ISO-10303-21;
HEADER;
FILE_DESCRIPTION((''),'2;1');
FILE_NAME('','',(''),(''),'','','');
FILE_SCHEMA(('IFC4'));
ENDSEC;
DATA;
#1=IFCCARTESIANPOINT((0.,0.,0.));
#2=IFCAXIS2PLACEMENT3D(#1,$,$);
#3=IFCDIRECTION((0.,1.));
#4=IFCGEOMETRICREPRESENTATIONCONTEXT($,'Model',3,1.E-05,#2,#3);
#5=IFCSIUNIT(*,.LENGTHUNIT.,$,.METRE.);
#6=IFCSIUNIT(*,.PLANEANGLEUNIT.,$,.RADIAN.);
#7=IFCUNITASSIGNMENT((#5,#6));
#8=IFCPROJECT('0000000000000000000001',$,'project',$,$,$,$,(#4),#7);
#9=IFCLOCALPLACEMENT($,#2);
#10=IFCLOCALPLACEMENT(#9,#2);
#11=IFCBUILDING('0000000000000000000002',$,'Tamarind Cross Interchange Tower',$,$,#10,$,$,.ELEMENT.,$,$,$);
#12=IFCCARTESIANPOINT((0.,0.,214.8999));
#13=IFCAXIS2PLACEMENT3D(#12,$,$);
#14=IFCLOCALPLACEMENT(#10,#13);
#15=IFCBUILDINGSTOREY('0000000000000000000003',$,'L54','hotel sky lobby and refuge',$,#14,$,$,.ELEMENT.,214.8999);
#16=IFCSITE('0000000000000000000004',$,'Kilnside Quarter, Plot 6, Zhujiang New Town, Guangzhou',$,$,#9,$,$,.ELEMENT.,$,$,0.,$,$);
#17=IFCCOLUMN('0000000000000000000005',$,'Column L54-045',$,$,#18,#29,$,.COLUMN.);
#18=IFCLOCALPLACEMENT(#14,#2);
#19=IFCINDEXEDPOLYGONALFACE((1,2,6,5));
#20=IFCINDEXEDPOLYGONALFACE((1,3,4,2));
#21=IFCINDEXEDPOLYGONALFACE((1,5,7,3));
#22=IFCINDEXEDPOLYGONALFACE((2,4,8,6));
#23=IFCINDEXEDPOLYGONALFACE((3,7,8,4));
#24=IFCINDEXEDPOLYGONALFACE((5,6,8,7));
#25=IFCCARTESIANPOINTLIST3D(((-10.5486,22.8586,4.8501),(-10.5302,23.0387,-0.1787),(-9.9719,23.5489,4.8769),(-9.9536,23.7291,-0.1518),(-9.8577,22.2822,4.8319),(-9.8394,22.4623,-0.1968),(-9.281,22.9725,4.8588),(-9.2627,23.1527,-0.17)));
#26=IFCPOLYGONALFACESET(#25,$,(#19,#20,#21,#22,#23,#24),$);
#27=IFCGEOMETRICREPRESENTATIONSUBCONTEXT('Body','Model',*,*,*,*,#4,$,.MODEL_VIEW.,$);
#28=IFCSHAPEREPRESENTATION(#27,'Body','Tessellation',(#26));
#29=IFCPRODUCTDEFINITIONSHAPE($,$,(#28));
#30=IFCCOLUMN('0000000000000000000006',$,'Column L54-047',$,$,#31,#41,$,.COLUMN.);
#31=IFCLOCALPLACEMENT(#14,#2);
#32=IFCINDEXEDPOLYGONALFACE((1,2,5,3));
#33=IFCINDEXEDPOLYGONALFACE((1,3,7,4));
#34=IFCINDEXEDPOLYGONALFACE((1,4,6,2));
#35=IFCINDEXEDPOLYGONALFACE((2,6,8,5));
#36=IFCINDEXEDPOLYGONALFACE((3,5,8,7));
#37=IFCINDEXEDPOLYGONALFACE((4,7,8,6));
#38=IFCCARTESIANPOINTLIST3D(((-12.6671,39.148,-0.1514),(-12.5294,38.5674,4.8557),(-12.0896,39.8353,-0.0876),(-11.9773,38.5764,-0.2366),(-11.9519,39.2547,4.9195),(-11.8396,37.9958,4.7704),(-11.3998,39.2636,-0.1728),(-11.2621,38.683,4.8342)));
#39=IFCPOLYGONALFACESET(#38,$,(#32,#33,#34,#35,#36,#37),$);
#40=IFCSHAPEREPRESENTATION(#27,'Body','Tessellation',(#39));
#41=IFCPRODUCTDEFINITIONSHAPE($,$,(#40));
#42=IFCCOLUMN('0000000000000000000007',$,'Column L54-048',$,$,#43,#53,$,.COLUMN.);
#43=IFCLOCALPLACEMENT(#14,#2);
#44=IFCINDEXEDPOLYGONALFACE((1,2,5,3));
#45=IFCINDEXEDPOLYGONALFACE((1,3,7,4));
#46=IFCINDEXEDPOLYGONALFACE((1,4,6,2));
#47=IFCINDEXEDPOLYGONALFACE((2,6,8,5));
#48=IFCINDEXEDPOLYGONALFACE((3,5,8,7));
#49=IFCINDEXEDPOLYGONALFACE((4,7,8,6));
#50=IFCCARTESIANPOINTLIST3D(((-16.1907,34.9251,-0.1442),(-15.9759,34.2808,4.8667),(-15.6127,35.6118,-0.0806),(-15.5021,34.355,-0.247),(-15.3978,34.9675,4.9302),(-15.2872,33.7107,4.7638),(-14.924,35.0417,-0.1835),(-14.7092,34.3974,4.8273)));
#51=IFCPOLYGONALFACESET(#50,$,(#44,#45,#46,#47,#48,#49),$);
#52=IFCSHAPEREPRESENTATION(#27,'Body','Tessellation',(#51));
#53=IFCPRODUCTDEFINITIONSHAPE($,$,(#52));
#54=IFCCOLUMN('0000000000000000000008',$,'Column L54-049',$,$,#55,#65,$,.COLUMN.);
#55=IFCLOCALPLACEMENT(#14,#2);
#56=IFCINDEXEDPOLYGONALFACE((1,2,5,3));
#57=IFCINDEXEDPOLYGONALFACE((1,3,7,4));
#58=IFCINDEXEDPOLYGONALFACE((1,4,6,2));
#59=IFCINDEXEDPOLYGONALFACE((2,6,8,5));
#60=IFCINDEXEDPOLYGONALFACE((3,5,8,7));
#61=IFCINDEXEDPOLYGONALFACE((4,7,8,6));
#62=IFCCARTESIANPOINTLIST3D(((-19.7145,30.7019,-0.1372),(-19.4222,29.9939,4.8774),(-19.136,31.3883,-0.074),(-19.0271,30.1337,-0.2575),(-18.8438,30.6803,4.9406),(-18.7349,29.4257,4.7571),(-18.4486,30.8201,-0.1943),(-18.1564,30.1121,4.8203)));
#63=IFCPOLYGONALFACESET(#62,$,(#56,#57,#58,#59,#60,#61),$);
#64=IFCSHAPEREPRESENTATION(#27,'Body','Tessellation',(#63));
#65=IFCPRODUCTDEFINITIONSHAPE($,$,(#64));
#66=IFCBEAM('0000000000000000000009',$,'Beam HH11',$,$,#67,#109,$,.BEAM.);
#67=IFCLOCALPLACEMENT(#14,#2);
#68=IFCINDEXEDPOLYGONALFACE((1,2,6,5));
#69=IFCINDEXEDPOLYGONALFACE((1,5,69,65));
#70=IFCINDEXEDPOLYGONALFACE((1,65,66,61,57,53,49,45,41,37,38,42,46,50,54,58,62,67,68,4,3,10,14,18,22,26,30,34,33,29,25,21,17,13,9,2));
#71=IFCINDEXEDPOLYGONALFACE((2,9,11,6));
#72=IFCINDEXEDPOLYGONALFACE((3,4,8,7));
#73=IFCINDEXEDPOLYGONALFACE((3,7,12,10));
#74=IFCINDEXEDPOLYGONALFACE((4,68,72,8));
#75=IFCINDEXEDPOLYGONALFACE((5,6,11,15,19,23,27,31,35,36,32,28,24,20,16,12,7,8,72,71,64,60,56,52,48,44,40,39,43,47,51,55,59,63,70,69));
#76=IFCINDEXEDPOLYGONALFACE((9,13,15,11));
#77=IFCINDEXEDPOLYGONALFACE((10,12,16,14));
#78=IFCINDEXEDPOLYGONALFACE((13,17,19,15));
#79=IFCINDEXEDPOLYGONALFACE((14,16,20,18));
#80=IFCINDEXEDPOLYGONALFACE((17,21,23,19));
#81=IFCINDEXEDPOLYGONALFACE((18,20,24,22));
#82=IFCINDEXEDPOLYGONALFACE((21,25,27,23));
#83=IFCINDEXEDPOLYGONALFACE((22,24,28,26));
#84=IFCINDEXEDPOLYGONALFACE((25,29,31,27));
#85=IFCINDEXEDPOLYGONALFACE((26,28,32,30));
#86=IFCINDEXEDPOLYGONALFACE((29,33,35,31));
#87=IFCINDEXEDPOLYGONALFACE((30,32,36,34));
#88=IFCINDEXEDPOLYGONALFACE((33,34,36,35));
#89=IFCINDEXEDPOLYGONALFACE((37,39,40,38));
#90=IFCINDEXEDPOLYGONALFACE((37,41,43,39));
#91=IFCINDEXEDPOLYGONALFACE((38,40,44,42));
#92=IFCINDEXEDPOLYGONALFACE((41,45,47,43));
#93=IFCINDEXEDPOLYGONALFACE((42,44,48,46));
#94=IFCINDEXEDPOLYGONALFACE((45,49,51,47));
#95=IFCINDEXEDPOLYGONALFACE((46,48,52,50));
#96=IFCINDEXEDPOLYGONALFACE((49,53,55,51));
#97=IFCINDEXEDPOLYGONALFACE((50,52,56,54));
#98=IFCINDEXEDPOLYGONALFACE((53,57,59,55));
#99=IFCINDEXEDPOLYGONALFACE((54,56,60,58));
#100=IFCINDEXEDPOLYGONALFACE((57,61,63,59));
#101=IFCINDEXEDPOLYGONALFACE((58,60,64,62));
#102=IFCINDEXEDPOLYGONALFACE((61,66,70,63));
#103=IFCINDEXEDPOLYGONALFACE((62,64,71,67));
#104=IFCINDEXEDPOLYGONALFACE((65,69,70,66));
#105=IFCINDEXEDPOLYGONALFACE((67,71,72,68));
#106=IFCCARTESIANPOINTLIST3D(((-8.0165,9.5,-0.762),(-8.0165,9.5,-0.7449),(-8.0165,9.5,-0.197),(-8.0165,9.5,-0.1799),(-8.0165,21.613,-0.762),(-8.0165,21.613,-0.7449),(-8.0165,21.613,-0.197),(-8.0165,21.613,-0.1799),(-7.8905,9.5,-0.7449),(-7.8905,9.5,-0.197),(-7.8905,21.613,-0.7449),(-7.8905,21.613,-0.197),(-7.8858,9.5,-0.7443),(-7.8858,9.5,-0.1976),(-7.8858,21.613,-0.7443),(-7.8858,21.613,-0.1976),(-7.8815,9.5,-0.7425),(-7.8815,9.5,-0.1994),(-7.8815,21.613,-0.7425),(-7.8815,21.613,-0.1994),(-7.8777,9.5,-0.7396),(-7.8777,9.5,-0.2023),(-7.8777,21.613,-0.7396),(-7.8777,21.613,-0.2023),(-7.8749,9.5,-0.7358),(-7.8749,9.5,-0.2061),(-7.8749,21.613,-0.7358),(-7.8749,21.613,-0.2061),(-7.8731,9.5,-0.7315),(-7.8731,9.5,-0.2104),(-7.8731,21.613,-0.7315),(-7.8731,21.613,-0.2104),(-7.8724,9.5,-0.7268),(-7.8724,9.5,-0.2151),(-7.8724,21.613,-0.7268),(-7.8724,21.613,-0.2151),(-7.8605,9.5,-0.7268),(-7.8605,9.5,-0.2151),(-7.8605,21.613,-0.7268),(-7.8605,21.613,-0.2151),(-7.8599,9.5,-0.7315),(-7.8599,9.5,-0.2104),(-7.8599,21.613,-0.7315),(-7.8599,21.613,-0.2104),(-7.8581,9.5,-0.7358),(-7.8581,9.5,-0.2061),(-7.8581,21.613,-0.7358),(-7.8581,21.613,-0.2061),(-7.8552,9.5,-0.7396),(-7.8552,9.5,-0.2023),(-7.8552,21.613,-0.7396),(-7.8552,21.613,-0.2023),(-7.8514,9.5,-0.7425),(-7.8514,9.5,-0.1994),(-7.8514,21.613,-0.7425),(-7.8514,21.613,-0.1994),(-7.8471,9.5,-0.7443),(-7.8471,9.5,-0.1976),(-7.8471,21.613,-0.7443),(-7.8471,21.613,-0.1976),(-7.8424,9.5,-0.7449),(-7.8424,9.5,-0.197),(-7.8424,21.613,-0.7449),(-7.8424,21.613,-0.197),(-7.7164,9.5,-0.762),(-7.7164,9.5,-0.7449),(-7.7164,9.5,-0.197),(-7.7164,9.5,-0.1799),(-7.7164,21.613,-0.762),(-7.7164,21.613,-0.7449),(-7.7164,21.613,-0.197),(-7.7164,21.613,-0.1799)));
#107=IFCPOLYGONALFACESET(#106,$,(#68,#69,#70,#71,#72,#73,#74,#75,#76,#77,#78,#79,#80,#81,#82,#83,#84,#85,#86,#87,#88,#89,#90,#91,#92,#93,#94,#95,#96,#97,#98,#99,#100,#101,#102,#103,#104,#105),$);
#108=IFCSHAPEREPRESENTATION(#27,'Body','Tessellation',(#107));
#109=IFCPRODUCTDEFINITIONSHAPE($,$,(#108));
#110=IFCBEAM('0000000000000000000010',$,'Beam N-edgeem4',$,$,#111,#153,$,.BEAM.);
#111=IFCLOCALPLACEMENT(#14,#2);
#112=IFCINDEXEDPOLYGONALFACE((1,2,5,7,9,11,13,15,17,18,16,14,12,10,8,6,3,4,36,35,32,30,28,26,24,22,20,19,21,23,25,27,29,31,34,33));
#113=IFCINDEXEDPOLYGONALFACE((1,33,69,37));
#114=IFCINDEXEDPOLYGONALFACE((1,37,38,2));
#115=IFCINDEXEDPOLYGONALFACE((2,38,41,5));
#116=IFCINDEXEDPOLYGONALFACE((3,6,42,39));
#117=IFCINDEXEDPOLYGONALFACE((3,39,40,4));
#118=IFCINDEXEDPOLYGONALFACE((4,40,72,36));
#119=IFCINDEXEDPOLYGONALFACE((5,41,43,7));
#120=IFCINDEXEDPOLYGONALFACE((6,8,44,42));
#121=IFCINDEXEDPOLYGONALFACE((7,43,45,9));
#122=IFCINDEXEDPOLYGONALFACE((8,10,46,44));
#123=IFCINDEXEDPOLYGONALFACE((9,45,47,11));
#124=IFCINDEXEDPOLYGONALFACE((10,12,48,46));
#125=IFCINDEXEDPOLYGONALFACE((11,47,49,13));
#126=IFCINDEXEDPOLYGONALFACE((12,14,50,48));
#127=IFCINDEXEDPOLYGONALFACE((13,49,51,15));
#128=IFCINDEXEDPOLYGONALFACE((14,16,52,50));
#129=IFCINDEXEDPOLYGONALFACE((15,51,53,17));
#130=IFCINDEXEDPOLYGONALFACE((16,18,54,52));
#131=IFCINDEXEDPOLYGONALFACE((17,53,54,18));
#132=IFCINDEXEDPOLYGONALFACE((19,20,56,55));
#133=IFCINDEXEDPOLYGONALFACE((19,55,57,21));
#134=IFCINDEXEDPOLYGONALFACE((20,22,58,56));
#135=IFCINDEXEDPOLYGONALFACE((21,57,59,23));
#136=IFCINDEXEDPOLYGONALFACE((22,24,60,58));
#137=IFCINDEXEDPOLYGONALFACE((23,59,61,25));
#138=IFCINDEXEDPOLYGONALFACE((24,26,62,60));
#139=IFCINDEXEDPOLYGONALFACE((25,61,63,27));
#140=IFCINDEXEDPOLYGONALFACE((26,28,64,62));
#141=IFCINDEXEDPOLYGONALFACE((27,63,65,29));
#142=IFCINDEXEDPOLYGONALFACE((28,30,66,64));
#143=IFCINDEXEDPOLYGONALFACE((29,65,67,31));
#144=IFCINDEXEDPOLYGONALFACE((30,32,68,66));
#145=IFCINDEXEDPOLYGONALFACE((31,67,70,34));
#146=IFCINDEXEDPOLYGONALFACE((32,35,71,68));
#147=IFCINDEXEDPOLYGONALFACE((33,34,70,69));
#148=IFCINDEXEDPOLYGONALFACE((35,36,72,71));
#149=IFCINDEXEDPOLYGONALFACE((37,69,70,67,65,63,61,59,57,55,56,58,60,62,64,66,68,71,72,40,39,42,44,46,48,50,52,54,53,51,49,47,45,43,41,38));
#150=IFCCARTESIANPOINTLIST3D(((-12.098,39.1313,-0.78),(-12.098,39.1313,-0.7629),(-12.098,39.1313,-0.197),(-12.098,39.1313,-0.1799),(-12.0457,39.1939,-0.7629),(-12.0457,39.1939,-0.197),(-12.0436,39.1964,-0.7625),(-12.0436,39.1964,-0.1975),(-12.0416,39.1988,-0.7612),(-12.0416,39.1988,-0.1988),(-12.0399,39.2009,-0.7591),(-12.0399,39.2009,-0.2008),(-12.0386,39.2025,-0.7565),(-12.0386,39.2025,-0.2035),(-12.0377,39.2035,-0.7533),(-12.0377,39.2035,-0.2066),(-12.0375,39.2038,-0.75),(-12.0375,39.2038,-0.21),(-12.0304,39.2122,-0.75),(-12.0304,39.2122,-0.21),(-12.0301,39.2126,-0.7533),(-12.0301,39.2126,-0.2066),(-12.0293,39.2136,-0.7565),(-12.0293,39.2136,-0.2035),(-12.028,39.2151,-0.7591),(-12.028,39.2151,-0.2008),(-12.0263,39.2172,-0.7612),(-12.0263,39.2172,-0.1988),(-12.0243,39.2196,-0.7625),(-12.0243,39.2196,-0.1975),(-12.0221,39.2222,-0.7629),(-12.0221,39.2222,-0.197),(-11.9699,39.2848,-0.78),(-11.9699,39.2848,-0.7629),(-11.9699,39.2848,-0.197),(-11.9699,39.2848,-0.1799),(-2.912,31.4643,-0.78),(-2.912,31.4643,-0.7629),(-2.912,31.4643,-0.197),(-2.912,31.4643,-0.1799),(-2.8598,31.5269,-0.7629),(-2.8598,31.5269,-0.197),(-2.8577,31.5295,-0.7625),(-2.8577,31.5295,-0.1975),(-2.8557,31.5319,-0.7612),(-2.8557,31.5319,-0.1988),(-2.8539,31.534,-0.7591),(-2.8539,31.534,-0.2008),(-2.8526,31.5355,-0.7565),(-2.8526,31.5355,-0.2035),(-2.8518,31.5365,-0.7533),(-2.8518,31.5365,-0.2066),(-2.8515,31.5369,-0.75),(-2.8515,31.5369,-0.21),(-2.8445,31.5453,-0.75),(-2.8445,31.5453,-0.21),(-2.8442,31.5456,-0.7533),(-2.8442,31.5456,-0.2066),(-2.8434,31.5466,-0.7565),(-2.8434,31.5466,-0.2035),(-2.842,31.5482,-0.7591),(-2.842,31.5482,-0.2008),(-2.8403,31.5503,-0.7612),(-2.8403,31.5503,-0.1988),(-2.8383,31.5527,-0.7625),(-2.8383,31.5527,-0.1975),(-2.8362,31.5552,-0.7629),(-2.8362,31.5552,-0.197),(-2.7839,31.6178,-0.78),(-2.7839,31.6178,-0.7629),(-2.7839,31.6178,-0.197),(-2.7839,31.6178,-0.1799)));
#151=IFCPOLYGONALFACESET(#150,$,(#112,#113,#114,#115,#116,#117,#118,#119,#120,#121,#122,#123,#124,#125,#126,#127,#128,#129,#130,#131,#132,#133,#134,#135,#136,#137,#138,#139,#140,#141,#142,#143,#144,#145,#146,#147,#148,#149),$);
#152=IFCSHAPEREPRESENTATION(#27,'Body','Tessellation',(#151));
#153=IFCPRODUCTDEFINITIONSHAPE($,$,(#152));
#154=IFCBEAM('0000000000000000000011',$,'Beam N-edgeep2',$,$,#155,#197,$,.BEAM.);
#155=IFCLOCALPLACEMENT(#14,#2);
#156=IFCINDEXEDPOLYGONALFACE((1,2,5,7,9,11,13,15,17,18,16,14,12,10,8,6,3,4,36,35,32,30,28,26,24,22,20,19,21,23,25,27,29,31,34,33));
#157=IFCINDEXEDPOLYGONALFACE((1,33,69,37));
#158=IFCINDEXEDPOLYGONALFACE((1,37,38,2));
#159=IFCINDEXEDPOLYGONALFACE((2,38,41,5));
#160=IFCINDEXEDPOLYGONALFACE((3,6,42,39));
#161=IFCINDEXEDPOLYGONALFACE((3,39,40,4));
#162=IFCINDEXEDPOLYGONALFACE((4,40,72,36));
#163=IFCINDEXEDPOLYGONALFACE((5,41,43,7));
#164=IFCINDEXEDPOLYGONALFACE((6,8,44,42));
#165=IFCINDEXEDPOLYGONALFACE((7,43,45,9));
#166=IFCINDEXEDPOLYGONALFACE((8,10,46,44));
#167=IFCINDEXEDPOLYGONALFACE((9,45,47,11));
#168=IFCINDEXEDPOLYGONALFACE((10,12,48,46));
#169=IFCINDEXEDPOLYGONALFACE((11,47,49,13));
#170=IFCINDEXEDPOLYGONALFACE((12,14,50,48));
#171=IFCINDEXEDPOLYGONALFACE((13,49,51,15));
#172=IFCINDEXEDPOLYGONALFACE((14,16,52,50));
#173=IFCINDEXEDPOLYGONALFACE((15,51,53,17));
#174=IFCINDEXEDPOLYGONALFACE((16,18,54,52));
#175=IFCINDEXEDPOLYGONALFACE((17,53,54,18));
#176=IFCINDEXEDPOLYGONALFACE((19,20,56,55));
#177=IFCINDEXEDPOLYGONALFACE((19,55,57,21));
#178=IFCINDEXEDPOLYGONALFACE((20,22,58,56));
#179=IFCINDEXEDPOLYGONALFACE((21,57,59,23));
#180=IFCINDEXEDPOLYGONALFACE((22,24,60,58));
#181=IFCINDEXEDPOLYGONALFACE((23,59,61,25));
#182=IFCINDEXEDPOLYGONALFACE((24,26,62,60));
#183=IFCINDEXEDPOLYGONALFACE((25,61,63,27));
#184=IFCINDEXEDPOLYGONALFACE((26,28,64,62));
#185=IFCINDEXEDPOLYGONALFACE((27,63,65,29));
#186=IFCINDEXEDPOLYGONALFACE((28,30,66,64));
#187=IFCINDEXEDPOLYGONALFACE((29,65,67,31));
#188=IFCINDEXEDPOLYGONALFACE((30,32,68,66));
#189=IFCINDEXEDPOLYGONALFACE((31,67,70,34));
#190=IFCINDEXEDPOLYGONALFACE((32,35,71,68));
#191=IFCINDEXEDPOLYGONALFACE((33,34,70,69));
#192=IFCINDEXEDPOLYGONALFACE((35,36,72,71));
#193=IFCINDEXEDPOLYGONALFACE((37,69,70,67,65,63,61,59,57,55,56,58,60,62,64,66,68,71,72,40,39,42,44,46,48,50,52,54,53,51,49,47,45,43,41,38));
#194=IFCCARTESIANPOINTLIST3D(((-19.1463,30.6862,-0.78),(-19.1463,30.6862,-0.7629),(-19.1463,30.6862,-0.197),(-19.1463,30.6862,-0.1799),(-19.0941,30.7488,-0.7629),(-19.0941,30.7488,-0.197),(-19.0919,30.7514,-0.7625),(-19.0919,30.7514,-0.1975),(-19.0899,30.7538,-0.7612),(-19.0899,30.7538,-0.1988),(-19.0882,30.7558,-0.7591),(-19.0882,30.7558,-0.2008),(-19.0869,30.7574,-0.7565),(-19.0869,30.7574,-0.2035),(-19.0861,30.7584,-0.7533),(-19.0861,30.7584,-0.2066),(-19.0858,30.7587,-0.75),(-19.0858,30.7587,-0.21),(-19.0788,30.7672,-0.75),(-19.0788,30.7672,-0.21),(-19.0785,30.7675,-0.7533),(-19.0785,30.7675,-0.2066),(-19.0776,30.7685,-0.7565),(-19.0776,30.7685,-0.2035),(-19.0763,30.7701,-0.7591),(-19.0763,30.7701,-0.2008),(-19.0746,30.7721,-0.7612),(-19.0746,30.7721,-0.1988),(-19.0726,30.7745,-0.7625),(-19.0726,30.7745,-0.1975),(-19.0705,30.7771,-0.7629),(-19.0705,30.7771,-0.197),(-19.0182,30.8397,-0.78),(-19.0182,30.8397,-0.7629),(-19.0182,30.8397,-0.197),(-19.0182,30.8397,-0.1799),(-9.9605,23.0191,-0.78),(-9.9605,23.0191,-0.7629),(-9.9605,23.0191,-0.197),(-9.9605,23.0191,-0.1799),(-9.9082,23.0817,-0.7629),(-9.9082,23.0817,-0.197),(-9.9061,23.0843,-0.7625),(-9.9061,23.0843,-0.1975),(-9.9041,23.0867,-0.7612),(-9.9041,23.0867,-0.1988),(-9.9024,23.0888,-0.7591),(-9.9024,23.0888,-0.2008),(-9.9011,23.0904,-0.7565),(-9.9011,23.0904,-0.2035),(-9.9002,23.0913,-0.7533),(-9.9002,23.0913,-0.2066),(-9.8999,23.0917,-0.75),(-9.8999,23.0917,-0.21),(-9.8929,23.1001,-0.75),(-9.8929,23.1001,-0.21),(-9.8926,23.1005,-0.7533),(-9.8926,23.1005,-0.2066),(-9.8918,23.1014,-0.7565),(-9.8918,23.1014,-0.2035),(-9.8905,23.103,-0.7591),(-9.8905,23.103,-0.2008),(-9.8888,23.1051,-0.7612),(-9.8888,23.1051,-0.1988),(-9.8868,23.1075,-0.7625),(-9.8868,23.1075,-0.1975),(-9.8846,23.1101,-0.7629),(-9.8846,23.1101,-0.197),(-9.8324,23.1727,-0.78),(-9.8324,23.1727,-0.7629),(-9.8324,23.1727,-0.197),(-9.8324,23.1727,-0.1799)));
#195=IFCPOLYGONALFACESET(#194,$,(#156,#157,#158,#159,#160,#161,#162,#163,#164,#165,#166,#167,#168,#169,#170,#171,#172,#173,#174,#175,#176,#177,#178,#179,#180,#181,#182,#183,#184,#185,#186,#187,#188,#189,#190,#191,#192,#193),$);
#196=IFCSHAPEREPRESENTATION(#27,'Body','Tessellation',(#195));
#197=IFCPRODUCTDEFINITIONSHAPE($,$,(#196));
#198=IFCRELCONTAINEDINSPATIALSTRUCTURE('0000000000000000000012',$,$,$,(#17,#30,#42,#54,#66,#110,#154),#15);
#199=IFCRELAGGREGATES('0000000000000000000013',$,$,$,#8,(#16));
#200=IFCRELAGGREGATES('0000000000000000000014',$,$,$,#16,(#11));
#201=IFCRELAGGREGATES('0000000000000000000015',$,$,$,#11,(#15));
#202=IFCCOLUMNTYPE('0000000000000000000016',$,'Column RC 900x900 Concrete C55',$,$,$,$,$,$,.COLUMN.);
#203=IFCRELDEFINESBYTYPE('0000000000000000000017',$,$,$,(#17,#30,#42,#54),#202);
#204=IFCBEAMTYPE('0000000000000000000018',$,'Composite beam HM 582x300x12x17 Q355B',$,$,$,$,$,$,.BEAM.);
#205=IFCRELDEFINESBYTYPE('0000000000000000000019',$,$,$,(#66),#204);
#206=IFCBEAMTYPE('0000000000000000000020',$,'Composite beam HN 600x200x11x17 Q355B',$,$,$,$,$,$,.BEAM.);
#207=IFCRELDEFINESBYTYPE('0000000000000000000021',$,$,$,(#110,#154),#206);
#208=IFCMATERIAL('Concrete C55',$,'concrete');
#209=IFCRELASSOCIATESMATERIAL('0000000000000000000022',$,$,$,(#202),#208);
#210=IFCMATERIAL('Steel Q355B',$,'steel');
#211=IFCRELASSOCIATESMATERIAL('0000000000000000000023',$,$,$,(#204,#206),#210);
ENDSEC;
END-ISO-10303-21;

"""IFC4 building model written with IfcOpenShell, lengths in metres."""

from ifc_helpers import new_model, si_unit, direction, frame, origin, origin_2d, place, context, subcontext, project, spatial, rectangle, i_section, extrude, material, material_profile, profile_set, type_object, element, save


model = new_model("IFC4")

# Units and contexts
model_context = context("Model", 3, precision=1e-05, world=origin(), true_north=direction((0.0, 1.0)))
body_context = subcontext(model_context, "Body", "Model", "MODEL_VIEW")
ifc_project = project(units=[si_unit("LENGTHUNIT", "METRE"), si_unit("PLANEANGLEUNIT", "RADIAN")], contexts=[model_context])

# Site, building, storey
site_placement = place(None, origin())
site = spatial("IfcSite", under=ifc_project, at=site_placement, Name="Kilnside Quarter, Plot 6, Zhujiang New Town, Guangzhou", CompositionType="ELEMENT", RefElevation=0.0)
building_placement = place(site_placement, origin())
building = spatial("IfcBuilding", under=site, at=building_placement, Name="Tamarind Cross Interchange Tower", CompositionType="ELEMENT")
storey_placement = place(building_placement, frame((0.0, 0.0, 214.8999)))
storey = spatial("IfcBuildingStorey", under=building, at=storey_placement, Name="L54", Description="hotel sky lobby and refuge", CompositionType="ELEMENT", Elevation=214.8999)

# Columns
ifc_material_1 = material(Name="Concrete C55", Category="concrete")
ifc_material_profile_1 = material_profile(ifc_material_1, rectangle(XDim=0.8999, YDim=0.8999, at=origin_2d()), Name="RC 900x900")
ifc_profile_set_1 = profile_set([ifc_material_profile_1], Name="Concrete C55")
column_type = type_object("IfcColumnType", Name="Column RC 900x900 Concrete C55", PredefinedType="COLUMN", material=ifc_profile_set_1)
column_1_placement = place(storey_placement, frame((-9.8965, 23.0957, -0.1743), z_axis=(-0.003639, -0.035806, 0.999352), x_axis=(0.640802, 0.767127, 0.029818)))
element("IfcColumn", 1, at=column_1_placement, inside=storey, type_object=column_type, Name="Column L54-045", PredefinedType="COLUMN", context=body_context, shape_type="SweptSolid", body=[
    extrude(rectangle(XDim=0.8999, YDim=0.8999, at=origin_2d()), origin(), (0.0, 0.0, 1.0), 5.032),
])
column_2_placement = place(storey_placement, frame((-12.0334, 39.2058, -0.1621), z_axis=(0.027307, -0.115134, 0.992975), x_axis=(0.641674, 0.763693, 0.070903)))
element("IfcColumn", 2, at=column_2_placement, inside=storey, type_object=column_type, Name="Column L54-047", PredefinedType="COLUMN", context=body_context, shape_type="SweptSolid", body=[
    extrude(rectangle(XDim=0.8999, YDim=0.8999, at=origin_2d()), origin(), (0.0, 0.0, 1.0), 5.0425),
])
column_3_placement = place(storey_placement, frame((-15.5574, 34.9834, -0.1638), z_axis=(0.042488, -0.127416, 0.990939), x_axis=(0.642341, 0.763162, 0.070587)))
element("IfcColumn", 3, at=column_3_placement, inside=storey, type_object=column_type, Name="Column L54-048", PredefinedType="COLUMN", context=body_context, shape_type="SweptSolid", body=[
    extrude(rectangle(XDim=0.8999, YDim=0.8999, at=origin_2d()), origin(), (0.0, 0.0, 1.0), 5.0566),
])
column_4_placement = place(storey_placement, frame((-19.0815, 30.761, -0.1658), z_axis=(0.057608, -0.139569, 0.988535), x_axis=(0.642825, 0.762786, 0.070235)))
element("IfcColumn", 4, at=column_4_placement, inside=storey, type_object=column_type, Name="Column L54-049", PredefinedType="COLUMN", context=body_context, shape_type="SweptSolid", body=[
    extrude(rectangle(XDim=0.8999, YDim=0.8999, at=origin_2d()), origin(), (0.0, 0.0, 1.0), 5.0728),
])

# Beams
ifc_material_2 = material(Name="Steel Q355B", Category="steel")
ifc_material_profile_2 = material_profile(ifc_material_2, i_section(OverallWidth=0.3, OverallDepth=0.582, WebThickness=0.012, FlangeThickness=0.0171, FilletRadius=0.0181, at=origin_2d()), Name="HM 582x300x12x17")
ifc_profile_set_2 = profile_set([ifc_material_profile_2], Name="Steel Q355B")
beam_type_1 = type_object("IfcBeamType", Name="Composite beam HM 582x300x12x17 Q355B", PredefinedType="BEAM", material=ifc_profile_set_2)
beam_1_placement = place(storey_placement, frame((-7.8665, 21.613, -0.4709), z_axis=(0.0, -1.0, 0.0), x_axis=(1.0, 0.0, 0.0)))
element("IfcBeam", 5, at=beam_1_placement, inside=storey, type_object=beam_type_1, Name="Beam HH11", PredefinedType="BEAM", context=body_context, shape_type="SweptSolid", body=[
    extrude(i_section(OverallWidth=0.3, OverallDepth=0.582, WebThickness=0.012, FlangeThickness=0.0171, FilletRadius=0.0181, at=origin_2d()), origin(), (0.0, 0.0, 1.0), 12.113),
])
ifc_material_profile_3 = material_profile(ifc_material_2, i_section(OverallWidth=0.2, OverallDepth=0.6001, WebThickness=0.011, FlangeThickness=0.0171, FilletRadius=0.0129, at=origin_2d()), Name="HN 600x200x11x17")
ifc_profile_set_3 = profile_set([ifc_material_profile_3], Name="Steel Q355B")
beam_type_2 = type_object("IfcBeamType", Name="Composite beam HN 600x200x11x17 Q355B", PredefinedType="BEAM", material=ifc_profile_set_3)
for number, where, z_axis, x_axis, name in (
    (6, (-12.0339, 39.208, -0.48), (0.767729, -0.640774, 0.0), (0.640774, 0.767729, 0.0), "Beam N-edgeem4"),
    (7, (-19.0823, 30.7629, -0.48), (0.767721, -0.640784, 0.0), (0.640784, 0.767721, 0.0), "Beam N-edgeep2"),
):
    element("IfcBeam", number, at=place(storey_placement, frame(where, z_axis=z_axis, x_axis=x_axis)), inside=storey, type_object=beam_type_2, Name=name, PredefinedType="BEAM", context=body_context, shape_type="SweptSolid", body=[
        extrude(i_section(OverallWidth=0.2, OverallDepth=0.6001, WebThickness=0.011, FlangeThickness=0.0171, FilletRadius=0.0129, at=origin_2d()), origin(), (0.0, 0.0, 1.0), 11.9651),
    ])

save(model, "model.ifc")
